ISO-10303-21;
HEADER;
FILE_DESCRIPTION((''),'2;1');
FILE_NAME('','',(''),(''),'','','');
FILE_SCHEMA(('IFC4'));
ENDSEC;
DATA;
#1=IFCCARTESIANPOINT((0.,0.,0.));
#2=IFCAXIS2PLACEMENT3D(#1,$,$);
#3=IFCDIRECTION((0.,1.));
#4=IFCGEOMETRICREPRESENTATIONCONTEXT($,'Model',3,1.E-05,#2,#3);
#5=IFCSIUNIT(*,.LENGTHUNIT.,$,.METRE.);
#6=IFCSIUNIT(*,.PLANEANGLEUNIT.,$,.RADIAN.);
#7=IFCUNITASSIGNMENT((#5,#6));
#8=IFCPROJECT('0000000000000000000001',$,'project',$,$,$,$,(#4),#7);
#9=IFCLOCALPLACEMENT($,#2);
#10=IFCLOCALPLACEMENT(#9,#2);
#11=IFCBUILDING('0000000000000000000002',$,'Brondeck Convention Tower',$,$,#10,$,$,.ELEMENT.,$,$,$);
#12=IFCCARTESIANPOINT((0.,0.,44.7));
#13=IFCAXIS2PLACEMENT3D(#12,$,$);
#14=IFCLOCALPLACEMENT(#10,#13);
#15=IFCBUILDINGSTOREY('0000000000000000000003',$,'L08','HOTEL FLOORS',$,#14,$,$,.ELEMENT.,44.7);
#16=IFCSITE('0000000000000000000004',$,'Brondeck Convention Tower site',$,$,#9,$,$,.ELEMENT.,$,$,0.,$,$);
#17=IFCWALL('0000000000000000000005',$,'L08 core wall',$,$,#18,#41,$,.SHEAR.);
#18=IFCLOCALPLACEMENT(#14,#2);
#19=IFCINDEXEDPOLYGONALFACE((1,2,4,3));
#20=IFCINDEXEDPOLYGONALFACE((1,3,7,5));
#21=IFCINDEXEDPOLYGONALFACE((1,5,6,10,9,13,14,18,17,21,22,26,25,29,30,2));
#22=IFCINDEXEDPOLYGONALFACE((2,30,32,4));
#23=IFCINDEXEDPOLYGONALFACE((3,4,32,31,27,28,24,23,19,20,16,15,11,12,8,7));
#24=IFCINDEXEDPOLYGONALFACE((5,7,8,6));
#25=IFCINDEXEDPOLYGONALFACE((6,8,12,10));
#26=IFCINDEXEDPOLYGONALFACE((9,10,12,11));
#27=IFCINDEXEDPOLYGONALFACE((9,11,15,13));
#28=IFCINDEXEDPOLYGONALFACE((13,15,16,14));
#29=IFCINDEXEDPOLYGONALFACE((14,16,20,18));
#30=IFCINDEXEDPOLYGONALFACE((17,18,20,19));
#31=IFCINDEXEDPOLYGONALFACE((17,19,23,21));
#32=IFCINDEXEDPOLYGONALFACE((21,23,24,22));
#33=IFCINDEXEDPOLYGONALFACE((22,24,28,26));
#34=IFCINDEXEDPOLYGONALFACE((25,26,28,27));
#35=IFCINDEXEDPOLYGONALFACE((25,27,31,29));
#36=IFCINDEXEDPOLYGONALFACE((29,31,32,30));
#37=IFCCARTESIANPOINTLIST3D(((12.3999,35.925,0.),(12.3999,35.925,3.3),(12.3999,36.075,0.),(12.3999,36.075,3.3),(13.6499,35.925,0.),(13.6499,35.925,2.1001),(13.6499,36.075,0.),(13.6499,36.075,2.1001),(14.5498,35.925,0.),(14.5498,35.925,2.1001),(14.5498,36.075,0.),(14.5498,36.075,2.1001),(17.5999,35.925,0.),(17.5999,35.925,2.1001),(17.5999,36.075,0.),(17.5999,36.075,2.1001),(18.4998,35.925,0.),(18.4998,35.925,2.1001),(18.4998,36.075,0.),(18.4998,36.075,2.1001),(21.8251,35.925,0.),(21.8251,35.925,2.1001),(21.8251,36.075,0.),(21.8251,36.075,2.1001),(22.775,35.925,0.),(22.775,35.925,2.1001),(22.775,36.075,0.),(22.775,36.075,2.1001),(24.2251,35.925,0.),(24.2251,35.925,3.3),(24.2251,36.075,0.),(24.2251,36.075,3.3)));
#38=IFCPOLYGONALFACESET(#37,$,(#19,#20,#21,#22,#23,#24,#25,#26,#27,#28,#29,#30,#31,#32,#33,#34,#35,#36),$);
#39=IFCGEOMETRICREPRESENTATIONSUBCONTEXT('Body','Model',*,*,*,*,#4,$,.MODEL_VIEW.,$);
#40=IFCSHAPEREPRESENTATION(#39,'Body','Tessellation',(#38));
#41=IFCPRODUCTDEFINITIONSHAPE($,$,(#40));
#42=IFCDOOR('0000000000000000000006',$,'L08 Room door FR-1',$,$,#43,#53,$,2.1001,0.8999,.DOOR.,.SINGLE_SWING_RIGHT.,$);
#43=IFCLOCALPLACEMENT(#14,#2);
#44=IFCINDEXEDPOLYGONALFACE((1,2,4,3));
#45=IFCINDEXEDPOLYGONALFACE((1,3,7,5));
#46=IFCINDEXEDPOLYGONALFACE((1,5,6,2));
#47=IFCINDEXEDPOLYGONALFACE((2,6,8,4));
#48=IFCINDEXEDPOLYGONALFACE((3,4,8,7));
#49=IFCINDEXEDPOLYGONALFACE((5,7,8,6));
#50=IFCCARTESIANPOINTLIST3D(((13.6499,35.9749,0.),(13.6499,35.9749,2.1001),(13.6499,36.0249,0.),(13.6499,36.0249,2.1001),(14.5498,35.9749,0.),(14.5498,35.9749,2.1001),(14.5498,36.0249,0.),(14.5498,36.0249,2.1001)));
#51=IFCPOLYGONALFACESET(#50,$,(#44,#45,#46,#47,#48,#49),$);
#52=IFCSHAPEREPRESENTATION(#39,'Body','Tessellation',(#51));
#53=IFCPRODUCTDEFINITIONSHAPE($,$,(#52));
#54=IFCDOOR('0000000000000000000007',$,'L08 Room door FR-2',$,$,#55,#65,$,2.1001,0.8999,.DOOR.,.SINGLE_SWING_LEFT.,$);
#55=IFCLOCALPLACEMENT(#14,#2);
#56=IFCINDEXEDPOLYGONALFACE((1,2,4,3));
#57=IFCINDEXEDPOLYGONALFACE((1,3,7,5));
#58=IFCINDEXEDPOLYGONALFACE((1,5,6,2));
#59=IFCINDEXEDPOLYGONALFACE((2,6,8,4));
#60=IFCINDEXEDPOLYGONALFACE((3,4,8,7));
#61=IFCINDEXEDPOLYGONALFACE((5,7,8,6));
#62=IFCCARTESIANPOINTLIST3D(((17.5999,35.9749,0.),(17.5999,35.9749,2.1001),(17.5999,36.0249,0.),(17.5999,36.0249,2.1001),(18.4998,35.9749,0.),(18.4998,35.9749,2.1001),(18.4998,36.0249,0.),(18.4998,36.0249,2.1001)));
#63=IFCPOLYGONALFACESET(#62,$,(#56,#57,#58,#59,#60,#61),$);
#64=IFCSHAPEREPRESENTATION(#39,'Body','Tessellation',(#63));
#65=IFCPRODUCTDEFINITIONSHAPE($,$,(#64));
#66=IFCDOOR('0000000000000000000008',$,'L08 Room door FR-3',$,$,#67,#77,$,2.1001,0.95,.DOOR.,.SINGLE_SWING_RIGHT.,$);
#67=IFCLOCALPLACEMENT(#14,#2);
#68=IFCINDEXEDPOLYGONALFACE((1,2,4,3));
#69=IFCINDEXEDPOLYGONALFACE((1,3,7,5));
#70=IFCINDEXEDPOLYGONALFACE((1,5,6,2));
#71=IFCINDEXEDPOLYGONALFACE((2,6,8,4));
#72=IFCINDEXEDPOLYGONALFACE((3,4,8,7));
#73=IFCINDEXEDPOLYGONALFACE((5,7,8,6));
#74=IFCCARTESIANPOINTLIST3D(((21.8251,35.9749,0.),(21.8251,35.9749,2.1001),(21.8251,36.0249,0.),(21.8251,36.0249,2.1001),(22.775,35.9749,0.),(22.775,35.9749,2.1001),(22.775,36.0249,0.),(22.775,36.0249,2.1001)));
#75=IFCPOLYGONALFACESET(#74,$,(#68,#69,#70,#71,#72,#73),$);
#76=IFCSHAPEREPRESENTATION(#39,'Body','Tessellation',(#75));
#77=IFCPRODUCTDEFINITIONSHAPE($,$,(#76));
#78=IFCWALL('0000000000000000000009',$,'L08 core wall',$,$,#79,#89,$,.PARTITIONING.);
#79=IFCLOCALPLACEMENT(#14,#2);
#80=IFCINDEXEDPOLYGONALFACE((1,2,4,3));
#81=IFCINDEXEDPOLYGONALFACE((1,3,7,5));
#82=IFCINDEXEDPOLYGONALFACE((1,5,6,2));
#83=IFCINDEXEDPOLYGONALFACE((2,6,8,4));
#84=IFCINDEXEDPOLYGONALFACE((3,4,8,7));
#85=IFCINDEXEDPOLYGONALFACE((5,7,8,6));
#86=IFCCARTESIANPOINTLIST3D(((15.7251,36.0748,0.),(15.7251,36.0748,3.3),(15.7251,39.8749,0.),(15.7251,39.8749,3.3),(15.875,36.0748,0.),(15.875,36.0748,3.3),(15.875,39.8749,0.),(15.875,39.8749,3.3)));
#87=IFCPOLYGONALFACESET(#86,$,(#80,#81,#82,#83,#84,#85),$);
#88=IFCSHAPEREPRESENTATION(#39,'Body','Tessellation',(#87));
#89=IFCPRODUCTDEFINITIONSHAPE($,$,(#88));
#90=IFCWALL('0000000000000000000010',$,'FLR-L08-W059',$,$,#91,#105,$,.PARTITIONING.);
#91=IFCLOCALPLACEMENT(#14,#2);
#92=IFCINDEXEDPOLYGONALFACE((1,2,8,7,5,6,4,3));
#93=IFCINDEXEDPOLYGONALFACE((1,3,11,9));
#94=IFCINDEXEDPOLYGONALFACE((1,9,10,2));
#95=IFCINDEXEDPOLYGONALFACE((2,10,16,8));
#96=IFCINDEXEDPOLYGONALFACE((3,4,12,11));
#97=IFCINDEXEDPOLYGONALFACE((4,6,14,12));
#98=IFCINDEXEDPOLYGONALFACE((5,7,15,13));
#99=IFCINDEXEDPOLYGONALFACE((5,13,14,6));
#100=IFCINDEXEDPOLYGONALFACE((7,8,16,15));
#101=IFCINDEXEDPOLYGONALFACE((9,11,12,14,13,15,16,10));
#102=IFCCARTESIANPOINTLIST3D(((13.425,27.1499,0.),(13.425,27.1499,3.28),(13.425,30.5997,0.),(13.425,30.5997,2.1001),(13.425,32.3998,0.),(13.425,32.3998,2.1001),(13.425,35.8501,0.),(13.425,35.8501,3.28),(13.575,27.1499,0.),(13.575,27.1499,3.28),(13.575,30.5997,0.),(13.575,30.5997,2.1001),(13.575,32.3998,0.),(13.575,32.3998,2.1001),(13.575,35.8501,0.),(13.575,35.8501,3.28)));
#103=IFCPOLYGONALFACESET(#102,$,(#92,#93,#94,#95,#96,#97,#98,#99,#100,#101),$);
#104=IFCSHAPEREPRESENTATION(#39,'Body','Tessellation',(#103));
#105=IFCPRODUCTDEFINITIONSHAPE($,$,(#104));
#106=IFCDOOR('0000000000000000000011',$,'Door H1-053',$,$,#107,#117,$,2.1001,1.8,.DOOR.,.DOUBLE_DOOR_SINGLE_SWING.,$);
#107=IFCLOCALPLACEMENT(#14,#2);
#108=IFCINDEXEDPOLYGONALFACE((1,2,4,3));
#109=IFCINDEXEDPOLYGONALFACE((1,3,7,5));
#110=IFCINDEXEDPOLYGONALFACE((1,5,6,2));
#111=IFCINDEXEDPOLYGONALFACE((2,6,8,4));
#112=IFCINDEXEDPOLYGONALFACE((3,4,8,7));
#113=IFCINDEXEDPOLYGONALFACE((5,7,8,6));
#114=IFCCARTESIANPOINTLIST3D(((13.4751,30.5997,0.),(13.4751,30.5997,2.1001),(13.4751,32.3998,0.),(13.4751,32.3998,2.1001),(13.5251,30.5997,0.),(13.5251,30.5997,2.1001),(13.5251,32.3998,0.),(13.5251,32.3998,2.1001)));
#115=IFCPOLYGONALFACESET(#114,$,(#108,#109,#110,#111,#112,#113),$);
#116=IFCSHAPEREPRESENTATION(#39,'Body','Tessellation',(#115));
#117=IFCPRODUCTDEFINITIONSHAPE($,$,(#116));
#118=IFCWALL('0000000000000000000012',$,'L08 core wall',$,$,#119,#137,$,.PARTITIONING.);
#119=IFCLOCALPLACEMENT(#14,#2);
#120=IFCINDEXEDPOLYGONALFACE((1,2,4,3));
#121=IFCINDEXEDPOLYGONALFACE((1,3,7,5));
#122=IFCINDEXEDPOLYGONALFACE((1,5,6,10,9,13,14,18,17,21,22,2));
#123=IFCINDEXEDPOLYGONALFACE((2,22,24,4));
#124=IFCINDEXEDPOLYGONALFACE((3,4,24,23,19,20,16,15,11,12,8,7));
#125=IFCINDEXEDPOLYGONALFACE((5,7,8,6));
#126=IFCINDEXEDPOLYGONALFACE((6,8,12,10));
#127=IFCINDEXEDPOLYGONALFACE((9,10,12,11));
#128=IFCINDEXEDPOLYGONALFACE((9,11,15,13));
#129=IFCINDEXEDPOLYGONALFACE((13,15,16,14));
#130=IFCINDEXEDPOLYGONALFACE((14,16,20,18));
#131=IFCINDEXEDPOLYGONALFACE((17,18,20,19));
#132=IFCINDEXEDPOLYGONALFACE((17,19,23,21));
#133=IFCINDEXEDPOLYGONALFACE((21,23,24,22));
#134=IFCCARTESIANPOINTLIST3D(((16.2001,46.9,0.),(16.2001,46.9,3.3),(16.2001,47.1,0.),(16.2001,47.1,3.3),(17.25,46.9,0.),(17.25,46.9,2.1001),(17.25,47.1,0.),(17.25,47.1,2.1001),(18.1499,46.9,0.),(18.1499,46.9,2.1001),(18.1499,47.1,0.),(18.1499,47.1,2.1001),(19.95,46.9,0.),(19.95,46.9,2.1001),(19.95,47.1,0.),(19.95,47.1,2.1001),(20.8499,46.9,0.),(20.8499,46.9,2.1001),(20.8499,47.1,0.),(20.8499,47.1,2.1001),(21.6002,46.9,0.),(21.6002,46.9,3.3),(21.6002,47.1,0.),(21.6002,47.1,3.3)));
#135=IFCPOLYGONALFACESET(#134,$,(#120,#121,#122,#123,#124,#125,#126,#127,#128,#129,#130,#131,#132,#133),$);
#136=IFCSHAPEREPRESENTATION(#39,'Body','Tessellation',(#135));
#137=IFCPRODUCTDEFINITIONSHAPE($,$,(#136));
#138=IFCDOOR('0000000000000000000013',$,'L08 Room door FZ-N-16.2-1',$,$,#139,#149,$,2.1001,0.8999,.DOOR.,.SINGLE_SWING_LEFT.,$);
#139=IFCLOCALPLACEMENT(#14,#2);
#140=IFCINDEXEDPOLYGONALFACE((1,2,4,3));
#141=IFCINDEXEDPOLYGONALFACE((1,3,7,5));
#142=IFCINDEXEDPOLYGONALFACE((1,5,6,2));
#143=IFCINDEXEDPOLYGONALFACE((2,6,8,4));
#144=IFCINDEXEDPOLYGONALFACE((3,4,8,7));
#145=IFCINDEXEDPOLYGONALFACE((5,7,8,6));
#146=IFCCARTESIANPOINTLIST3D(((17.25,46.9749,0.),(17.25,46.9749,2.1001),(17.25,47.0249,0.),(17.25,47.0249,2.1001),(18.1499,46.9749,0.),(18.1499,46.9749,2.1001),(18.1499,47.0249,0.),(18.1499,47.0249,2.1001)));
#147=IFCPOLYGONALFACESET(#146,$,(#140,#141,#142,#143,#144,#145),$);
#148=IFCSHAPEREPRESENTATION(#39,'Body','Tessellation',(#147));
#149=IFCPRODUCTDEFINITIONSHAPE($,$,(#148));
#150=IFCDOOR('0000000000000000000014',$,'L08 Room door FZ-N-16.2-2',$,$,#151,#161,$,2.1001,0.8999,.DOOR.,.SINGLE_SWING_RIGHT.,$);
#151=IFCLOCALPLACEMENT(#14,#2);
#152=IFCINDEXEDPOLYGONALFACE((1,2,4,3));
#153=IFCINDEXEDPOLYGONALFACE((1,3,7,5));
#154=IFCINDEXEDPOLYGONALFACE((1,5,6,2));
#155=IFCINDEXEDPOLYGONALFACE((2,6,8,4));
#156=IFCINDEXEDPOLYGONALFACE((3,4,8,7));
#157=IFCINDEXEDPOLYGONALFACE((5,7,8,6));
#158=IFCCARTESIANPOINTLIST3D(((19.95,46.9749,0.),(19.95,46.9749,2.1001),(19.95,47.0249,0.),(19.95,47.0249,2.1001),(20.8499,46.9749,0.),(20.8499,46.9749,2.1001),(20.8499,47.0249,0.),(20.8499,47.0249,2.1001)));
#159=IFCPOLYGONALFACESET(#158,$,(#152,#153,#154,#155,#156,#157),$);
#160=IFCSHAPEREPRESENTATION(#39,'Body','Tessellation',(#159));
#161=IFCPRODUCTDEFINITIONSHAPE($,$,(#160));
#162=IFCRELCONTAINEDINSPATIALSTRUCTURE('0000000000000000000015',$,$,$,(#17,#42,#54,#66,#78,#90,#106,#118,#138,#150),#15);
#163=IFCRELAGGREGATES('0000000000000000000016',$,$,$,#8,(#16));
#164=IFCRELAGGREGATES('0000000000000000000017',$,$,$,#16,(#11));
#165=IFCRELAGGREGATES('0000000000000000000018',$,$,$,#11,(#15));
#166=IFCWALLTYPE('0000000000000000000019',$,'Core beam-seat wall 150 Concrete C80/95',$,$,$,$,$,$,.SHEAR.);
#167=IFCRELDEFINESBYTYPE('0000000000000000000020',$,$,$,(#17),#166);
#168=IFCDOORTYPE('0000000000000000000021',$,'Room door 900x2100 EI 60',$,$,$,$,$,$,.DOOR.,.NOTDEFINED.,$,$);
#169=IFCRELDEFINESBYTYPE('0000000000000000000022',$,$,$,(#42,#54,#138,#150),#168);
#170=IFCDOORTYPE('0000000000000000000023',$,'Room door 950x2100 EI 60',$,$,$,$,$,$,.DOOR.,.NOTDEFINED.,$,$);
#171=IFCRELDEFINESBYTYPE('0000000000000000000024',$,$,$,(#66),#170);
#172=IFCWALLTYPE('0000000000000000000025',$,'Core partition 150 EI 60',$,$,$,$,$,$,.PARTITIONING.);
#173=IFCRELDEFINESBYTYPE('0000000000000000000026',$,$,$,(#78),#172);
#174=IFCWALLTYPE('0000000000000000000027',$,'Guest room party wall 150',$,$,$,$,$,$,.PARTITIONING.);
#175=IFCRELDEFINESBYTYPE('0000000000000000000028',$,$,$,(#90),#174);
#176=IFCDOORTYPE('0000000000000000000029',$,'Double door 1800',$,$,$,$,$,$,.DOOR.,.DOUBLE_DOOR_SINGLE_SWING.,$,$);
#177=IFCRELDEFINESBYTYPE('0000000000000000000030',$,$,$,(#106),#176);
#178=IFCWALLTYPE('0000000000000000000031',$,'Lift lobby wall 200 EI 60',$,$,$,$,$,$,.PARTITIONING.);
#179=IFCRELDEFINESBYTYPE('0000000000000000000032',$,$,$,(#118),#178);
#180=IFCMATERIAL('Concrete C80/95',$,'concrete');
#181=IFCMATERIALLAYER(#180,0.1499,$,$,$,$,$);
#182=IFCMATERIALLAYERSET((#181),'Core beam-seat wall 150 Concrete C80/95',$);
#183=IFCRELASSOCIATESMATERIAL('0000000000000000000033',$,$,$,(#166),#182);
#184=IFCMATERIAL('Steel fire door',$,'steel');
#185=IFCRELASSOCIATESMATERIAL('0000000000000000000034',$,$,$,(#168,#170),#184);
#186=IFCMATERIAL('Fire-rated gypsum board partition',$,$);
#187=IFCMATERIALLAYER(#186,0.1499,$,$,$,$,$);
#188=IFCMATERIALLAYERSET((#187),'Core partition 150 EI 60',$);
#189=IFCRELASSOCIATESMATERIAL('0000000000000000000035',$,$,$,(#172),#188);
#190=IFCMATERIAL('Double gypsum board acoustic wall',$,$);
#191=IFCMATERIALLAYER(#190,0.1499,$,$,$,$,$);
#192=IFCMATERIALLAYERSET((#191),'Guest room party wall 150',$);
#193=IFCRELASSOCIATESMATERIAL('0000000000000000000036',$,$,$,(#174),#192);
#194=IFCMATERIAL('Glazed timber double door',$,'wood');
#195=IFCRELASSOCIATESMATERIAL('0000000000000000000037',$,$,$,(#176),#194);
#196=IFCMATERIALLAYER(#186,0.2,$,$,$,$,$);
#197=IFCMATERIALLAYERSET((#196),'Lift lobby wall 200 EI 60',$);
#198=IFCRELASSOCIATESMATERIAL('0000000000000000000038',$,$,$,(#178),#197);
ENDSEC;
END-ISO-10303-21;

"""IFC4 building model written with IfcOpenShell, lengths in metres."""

from ifc_helpers import new_model, si_unit, direction, frame, frame_2d, origin, place, context, subcontext, project, spatial, rectangle, extrude, material, layer, layer_set, type_object, element, fill, save


model = new_model("IFC4")

# Units and contexts
model_context = context("Model", 3, precision=1e-05, world=origin(), true_north=direction((0.0, 1.0)))
body_context = subcontext(model_context, "Body", "Model", "MODEL_VIEW")
ifc_project = project(units=[si_unit("LENGTHUNIT", "METRE"), si_unit("PLANEANGLEUNIT", "RADIAN")], contexts=[model_context])

# Site, building, storey
site_placement = place(None, origin())
site = spatial("IfcSite", under=ifc_project, at=site_placement, Name="Brondeck Convention Tower site", CompositionType="ELEMENT", RefElevation=0.0)
building_placement = place(site_placement, origin())
building = spatial("IfcBuilding", under=site, at=building_placement, Name="Brondeck Convention Tower", CompositionType="ELEMENT")
storey_placement = place(building_placement, frame((0.0, 0.0, 44.7)))
storey = spatial("IfcBuildingStorey", under=building, at=storey_placement, Name="L08", Description="HOTEL FLOORS", CompositionType="ELEMENT", Elevation=44.7)

# Shared definitions
ifc_material_1 = material(Name="Concrete C80/95", Category="concrete")

# Wall, openings, doors
ifc_layer_1 = layer(ifc_material_1, 0.1499)
ifc_layer_set_1 = layer_set([ifc_layer_1], Name="Core beam-seat wall 150 Concrete C80/95")
wall_type_1 = type_object("IfcWallType", Name="Core beam-seat wall 150 Concrete C80/95", PredefinedType="SHEAR", material=ifc_layer_set_1)
wall_1_placement = place(storey_placement, frame((12.3999, 36.0, 0.0), z_axis=(0.0, 0.0, 1.0), x_axis=(1.0, 0.0, 0.0)))
wall_1 = element("IfcWall", 1, at=wall_1_placement, inside=storey, type_object=wall_type_1, Name="L08 core wall", PredefinedType="SHEAR", context=body_context, shape_type="SweptSolid", body=[
    extrude(rectangle(XDim=11.8252, YDim=0.1499, at=frame_2d((5.9126, 0.0))), origin(), (0.0, 0.0, 1.0), 3.3),
])
opening_1_placement = place(wall_1_placement, frame((1.25, 0.0, 0.0)))
opening_1 = element("IfcOpeningElement", 2, at=opening_1_placement, cuts=wall_1, PredefinedType="OPENING", context=body_context, shape_type="SweptSolid", body=[
    extrude(rectangle(XDim=0.8999, YDim=2.1001, at=frame_2d((0.45, 1.05))), frame((0.0, 0.085, 0.0), z_axis=(0.0, -1.0, 0.0), x_axis=(1.0, 0.0, 0.0)), (0.0, 0.0, 1.0), 0.1699),
])
opening_2_placement = place(wall_1_placement, frame((5.2, 0.0, 0.0)))
opening_2 = element("IfcOpeningElement", 3, at=opening_2_placement, cuts=wall_1, PredefinedType="OPENING", context=body_context, shape_type="SweptSolid", body=[
    extrude(rectangle(XDim=0.8999, YDim=2.1001, at=frame_2d((0.45, 1.05))), frame((0.0, 0.085, 0.0), z_axis=(0.0, -1.0, 0.0), x_axis=(1.0, 0.0, 0.0)), (0.0, 0.0, 1.0), 0.1699),
])
opening_3_placement = place(wall_1_placement, frame((9.425, 0.0, 0.0)))
opening_3 = element("IfcOpeningElement", 4, at=opening_3_placement, cuts=wall_1, PredefinedType="OPENING", context=body_context, shape_type="SweptSolid", body=[
    extrude(rectangle(XDim=0.95, YDim=2.1001, at=frame_2d((0.4751, 1.05))), frame((0.0, 0.085, 0.0), z_axis=(0.0, -1.0, 0.0), x_axis=(1.0, 0.0, 0.0)), (0.0, 0.0, 1.0), 0.1699),
])
ifc_material_2 = material(Name="Steel fire door", Category="steel")
door_type_1 = type_object("IfcDoorType", Name="Room door 900x2100 EI 60", OperationType="NOTDEFINED", PredefinedType="DOOR", material=ifc_material_2)
door_1_placement = place(opening_1_placement, origin())
door_1 = element("IfcDoor", 5, at=door_1_placement, inside=storey, type_object=door_type_1, Name="L08 Room door FR-1", OperationType="SINGLE_SWING_RIGHT", OverallHeight=2.1001, OverallWidth=0.8999, PredefinedType="DOOR", context=body_context, shape_type="SweptSolid", body=[
    extrude(rectangle(XDim=0.8999, YDim=2.1001, at=frame_2d((0.45, 1.05))), frame((0.0, 0.0249, 0.0), z_axis=(0.0, -1.0, 0.0), x_axis=(1.0, 0.0, 0.0)), (0.0, 0.0, 1.0), 0.05),
])
fill(opening_1, door_1)
door_2_placement = place(opening_2_placement, origin())
door_2 = element("IfcDoor", 6, at=door_2_placement, inside=storey, type_object=door_type_1, Name="L08 Room door FR-2", OperationType="SINGLE_SWING_LEFT", OverallHeight=2.1001, OverallWidth=0.8999, PredefinedType="DOOR", context=body_context, shape_type="SweptSolid", body=[
    extrude(rectangle(XDim=0.8999, YDim=2.1001, at=frame_2d((0.45, 1.05))), frame((0.0, 0.0249, 0.0), z_axis=(0.0, -1.0, 0.0), x_axis=(1.0, 0.0, 0.0)), (0.0, 0.0, 1.0), 0.05),
])
fill(opening_2, door_2)
door_type_2 = type_object("IfcDoorType", Name="Room door 950x2100 EI 60", OperationType="NOTDEFINED", PredefinedType="DOOR", material=ifc_material_2)
door_3_placement = place(opening_3_placement, origin())
door_3 = element("IfcDoor", 7, at=door_3_placement, inside=storey, type_object=door_type_2, Name="L08 Room door FR-3", OperationType="SINGLE_SWING_RIGHT", OverallHeight=2.1001, OverallWidth=0.95, PredefinedType="DOOR", context=body_context, shape_type="SweptSolid", body=[
    extrude(rectangle(XDim=0.95, YDim=2.1001, at=frame_2d((0.4751, 1.05))), frame((0.0, 0.0249, 0.0), z_axis=(0.0, -1.0, 0.0), x_axis=(1.0, 0.0, 0.0)), (0.0, 0.0, 1.0), 0.05),
])
fill(opening_3, door_3)

# Wall
ifc_material_3 = material(Name="Fire-rated gypsum board partition")
ifc_layer_2 = layer(ifc_material_3, 0.1499)
ifc_layer_set_2 = layer_set([ifc_layer_2], Name="Core partition 150 EI 60")
wall_type_2 = type_object("IfcWallType", Name="Core partition 150 EI 60", PredefinedType="PARTITIONING", material=ifc_layer_set_2)
wall_2_placement = place(storey_placement, frame((15.8, 36.075, 0.0), z_axis=(0.0, 0.0, 1.0), x_axis=(0.0, 1.0, 0.0)))
element("IfcWall", 8, at=wall_2_placement, inside=storey, type_object=wall_type_2, Name="L08 core wall", PredefinedType="PARTITIONING", context=body_context, shape_type="SweptSolid", body=[
    extrude(rectangle(XDim=3.8, YDim=0.1499, at=frame_2d((1.8999, 0.0))), origin(), (0.0, 0.0, 1.0), 3.3),
])

# Wall, opening, door
ifc_material_4 = material(Name="Double gypsum board acoustic wall")
ifc_layer_3 = layer(ifc_material_4, 0.1499)
ifc_layer_set_3 = layer_set([ifc_layer_3], Name="Guest room party wall 150")
wall_type_3 = type_object("IfcWallType", Name="Guest room party wall 150", PredefinedType="PARTITIONING", material=ifc_layer_set_3)
wall_3_placement = place(storey_placement, frame((13.5, 27.1499, 0.0), z_axis=(0.0, 0.0, 1.0), x_axis=(0.0, 1.0, 0.0)))
wall_3 = element("IfcWall", 9, at=wall_3_placement, inside=storey, type_object=wall_type_3, Name="FLR-L08-W059", PredefinedType="PARTITIONING", context=body_context, shape_type="SweptSolid", body=[
    extrude(rectangle(XDim=8.7002, YDim=0.1499, at=frame_2d((4.3501, 0.0))), origin(), (0.0, 0.0, 1.0), 3.28),
])
opening_4_placement = place(wall_3_placement, frame((3.45, 0.0, 0.0)))
opening_4 = element("IfcOpeningElement", 10, at=opening_4_placement, cuts=wall_3, PredefinedType="OPENING", context=body_context, shape_type="SweptSolid", body=[
    extrude(rectangle(XDim=1.8, YDim=2.1001, at=frame_2d((0.8999, 1.05))), frame((0.0, 0.085, 0.0), z_axis=(0.0, -1.0, 0.0), x_axis=(1.0, 0.0, 0.0)), (0.0, 0.0, 1.0), 0.1699),
])
ifc_material_5 = material(Name="Glazed timber double door", Category="wood")
door_type_3 = type_object("IfcDoorType", Name="Double door 1800", OperationType="DOUBLE_DOOR_SINGLE_SWING", PredefinedType="DOOR", material=ifc_material_5)
door_4_placement = place(opening_4_placement, origin())
door_4 = element("IfcDoor", 11, at=door_4_placement, inside=storey, type_object=door_type_3, Name="Door H1-053", OperationType="DOUBLE_DOOR_SINGLE_SWING", OverallHeight=2.1001, OverallWidth=1.8, PredefinedType="DOOR", context=body_context, shape_type="SweptSolid", body=[
    extrude(rectangle(XDim=1.8, YDim=2.1001, at=frame_2d((0.8999, 1.05))), frame((0.0, 0.0249, 0.0), z_axis=(0.0, -1.0, 0.0), x_axis=(1.0, 0.0, 0.0)), (0.0, 0.0, 1.0), 0.05),
])
fill(opening_4, door_4)

# Wall, openings, doors
ifc_layer_4 = layer(ifc_material_3, 0.2)
ifc_layer_set_4 = layer_set([ifc_layer_4], Name="Lift lobby wall 200 EI 60")
wall_type_4 = type_object("IfcWallType", Name="Lift lobby wall 200 EI 60", PredefinedType="PARTITIONING", material=ifc_layer_set_4)
wall_4_placement = place(storey_placement, frame((16.2, 47.0, 0.0), z_axis=(0.0, 0.0, 1.0), x_axis=(1.0, 0.0, 0.0)))
wall_4 = element("IfcWall", 12, at=wall_4_placement, inside=storey, type_object=wall_type_4, Name="L08 core wall", PredefinedType="PARTITIONING", context=body_context, shape_type="SweptSolid", body=[
    extrude(rectangle(XDim=5.4001, YDim=0.2, at=frame_2d((2.7002, 0.0))), origin(), (0.0, 0.0, 1.0), 3.3),
])
opening_5_placement = place(wall_4_placement, frame((1.05, 0.0, 0.0)))
opening_5 = element("IfcOpeningElement", 13, at=opening_5_placement, cuts=wall_4, PredefinedType="OPENING", context=body_context, shape_type="SweptSolid", body=[
    extrude(rectangle(XDim=0.8999, YDim=2.1001, at=frame_2d((0.45, 1.05))), frame((0.0, 0.1099, 0.0), z_axis=(0.0, -1.0, 0.0), x_axis=(1.0, 0.0, 0.0)), (0.0, 0.0, 1.0), 0.22),
])
opening_6_placement = place(wall_4_placement, frame((3.75, 0.0, 0.0)))
opening_6 = element("IfcOpeningElement", 14, at=opening_6_placement, cuts=wall_4, PredefinedType="OPENING", context=body_context, shape_type="SweptSolid", body=[
    extrude(rectangle(XDim=0.8999, YDim=2.1001, at=frame_2d((0.45, 1.05))), frame((0.0, 0.1099, 0.0), z_axis=(0.0, -1.0, 0.0), x_axis=(1.0, 0.0, 0.0)), (0.0, 0.0, 1.0), 0.22),
])
door_5_placement = place(opening_5_placement, origin())
door_5 = element("IfcDoor", 15, at=door_5_placement, inside=storey, type_object=door_type_1, Name="L08 Room door FZ-N-16.2-1", OperationType="SINGLE_SWING_LEFT", OverallHeight=2.1001, OverallWidth=0.8999, PredefinedType="DOOR", context=body_context, shape_type="SweptSolid", body=[
    extrude(rectangle(XDim=0.8999, YDim=2.1001, at=frame_2d((0.45, 1.05))), frame((0.0, 0.0249, 0.0), z_axis=(0.0, -1.0, 0.0), x_axis=(1.0, 0.0, 0.0)), (0.0, 0.0, 1.0), 0.05),
])
fill(opening_5, door_5)
door_6_placement = place(opening_6_placement, origin())
door_6 = element("IfcDoor", 16, at=door_6_placement, inside=storey, type_object=door_type_1, Name="L08 Room door FZ-N-16.2-2", OperationType="SINGLE_SWING_RIGHT", OverallHeight=2.1001, OverallWidth=0.8999, PredefinedType="DOOR", context=body_context, shape_type="SweptSolid", body=[
    extrude(rectangle(XDim=0.8999, YDim=2.1001, at=frame_2d((0.45, 1.05))), frame((0.0, 0.0249, 0.0), z_axis=(0.0, -1.0, 0.0), x_axis=(1.0, 0.0, 0.0)), (0.0, 0.0, 1.0), 0.05),
])
fill(opening_6, door_6)

save(model, "model.ifc")
